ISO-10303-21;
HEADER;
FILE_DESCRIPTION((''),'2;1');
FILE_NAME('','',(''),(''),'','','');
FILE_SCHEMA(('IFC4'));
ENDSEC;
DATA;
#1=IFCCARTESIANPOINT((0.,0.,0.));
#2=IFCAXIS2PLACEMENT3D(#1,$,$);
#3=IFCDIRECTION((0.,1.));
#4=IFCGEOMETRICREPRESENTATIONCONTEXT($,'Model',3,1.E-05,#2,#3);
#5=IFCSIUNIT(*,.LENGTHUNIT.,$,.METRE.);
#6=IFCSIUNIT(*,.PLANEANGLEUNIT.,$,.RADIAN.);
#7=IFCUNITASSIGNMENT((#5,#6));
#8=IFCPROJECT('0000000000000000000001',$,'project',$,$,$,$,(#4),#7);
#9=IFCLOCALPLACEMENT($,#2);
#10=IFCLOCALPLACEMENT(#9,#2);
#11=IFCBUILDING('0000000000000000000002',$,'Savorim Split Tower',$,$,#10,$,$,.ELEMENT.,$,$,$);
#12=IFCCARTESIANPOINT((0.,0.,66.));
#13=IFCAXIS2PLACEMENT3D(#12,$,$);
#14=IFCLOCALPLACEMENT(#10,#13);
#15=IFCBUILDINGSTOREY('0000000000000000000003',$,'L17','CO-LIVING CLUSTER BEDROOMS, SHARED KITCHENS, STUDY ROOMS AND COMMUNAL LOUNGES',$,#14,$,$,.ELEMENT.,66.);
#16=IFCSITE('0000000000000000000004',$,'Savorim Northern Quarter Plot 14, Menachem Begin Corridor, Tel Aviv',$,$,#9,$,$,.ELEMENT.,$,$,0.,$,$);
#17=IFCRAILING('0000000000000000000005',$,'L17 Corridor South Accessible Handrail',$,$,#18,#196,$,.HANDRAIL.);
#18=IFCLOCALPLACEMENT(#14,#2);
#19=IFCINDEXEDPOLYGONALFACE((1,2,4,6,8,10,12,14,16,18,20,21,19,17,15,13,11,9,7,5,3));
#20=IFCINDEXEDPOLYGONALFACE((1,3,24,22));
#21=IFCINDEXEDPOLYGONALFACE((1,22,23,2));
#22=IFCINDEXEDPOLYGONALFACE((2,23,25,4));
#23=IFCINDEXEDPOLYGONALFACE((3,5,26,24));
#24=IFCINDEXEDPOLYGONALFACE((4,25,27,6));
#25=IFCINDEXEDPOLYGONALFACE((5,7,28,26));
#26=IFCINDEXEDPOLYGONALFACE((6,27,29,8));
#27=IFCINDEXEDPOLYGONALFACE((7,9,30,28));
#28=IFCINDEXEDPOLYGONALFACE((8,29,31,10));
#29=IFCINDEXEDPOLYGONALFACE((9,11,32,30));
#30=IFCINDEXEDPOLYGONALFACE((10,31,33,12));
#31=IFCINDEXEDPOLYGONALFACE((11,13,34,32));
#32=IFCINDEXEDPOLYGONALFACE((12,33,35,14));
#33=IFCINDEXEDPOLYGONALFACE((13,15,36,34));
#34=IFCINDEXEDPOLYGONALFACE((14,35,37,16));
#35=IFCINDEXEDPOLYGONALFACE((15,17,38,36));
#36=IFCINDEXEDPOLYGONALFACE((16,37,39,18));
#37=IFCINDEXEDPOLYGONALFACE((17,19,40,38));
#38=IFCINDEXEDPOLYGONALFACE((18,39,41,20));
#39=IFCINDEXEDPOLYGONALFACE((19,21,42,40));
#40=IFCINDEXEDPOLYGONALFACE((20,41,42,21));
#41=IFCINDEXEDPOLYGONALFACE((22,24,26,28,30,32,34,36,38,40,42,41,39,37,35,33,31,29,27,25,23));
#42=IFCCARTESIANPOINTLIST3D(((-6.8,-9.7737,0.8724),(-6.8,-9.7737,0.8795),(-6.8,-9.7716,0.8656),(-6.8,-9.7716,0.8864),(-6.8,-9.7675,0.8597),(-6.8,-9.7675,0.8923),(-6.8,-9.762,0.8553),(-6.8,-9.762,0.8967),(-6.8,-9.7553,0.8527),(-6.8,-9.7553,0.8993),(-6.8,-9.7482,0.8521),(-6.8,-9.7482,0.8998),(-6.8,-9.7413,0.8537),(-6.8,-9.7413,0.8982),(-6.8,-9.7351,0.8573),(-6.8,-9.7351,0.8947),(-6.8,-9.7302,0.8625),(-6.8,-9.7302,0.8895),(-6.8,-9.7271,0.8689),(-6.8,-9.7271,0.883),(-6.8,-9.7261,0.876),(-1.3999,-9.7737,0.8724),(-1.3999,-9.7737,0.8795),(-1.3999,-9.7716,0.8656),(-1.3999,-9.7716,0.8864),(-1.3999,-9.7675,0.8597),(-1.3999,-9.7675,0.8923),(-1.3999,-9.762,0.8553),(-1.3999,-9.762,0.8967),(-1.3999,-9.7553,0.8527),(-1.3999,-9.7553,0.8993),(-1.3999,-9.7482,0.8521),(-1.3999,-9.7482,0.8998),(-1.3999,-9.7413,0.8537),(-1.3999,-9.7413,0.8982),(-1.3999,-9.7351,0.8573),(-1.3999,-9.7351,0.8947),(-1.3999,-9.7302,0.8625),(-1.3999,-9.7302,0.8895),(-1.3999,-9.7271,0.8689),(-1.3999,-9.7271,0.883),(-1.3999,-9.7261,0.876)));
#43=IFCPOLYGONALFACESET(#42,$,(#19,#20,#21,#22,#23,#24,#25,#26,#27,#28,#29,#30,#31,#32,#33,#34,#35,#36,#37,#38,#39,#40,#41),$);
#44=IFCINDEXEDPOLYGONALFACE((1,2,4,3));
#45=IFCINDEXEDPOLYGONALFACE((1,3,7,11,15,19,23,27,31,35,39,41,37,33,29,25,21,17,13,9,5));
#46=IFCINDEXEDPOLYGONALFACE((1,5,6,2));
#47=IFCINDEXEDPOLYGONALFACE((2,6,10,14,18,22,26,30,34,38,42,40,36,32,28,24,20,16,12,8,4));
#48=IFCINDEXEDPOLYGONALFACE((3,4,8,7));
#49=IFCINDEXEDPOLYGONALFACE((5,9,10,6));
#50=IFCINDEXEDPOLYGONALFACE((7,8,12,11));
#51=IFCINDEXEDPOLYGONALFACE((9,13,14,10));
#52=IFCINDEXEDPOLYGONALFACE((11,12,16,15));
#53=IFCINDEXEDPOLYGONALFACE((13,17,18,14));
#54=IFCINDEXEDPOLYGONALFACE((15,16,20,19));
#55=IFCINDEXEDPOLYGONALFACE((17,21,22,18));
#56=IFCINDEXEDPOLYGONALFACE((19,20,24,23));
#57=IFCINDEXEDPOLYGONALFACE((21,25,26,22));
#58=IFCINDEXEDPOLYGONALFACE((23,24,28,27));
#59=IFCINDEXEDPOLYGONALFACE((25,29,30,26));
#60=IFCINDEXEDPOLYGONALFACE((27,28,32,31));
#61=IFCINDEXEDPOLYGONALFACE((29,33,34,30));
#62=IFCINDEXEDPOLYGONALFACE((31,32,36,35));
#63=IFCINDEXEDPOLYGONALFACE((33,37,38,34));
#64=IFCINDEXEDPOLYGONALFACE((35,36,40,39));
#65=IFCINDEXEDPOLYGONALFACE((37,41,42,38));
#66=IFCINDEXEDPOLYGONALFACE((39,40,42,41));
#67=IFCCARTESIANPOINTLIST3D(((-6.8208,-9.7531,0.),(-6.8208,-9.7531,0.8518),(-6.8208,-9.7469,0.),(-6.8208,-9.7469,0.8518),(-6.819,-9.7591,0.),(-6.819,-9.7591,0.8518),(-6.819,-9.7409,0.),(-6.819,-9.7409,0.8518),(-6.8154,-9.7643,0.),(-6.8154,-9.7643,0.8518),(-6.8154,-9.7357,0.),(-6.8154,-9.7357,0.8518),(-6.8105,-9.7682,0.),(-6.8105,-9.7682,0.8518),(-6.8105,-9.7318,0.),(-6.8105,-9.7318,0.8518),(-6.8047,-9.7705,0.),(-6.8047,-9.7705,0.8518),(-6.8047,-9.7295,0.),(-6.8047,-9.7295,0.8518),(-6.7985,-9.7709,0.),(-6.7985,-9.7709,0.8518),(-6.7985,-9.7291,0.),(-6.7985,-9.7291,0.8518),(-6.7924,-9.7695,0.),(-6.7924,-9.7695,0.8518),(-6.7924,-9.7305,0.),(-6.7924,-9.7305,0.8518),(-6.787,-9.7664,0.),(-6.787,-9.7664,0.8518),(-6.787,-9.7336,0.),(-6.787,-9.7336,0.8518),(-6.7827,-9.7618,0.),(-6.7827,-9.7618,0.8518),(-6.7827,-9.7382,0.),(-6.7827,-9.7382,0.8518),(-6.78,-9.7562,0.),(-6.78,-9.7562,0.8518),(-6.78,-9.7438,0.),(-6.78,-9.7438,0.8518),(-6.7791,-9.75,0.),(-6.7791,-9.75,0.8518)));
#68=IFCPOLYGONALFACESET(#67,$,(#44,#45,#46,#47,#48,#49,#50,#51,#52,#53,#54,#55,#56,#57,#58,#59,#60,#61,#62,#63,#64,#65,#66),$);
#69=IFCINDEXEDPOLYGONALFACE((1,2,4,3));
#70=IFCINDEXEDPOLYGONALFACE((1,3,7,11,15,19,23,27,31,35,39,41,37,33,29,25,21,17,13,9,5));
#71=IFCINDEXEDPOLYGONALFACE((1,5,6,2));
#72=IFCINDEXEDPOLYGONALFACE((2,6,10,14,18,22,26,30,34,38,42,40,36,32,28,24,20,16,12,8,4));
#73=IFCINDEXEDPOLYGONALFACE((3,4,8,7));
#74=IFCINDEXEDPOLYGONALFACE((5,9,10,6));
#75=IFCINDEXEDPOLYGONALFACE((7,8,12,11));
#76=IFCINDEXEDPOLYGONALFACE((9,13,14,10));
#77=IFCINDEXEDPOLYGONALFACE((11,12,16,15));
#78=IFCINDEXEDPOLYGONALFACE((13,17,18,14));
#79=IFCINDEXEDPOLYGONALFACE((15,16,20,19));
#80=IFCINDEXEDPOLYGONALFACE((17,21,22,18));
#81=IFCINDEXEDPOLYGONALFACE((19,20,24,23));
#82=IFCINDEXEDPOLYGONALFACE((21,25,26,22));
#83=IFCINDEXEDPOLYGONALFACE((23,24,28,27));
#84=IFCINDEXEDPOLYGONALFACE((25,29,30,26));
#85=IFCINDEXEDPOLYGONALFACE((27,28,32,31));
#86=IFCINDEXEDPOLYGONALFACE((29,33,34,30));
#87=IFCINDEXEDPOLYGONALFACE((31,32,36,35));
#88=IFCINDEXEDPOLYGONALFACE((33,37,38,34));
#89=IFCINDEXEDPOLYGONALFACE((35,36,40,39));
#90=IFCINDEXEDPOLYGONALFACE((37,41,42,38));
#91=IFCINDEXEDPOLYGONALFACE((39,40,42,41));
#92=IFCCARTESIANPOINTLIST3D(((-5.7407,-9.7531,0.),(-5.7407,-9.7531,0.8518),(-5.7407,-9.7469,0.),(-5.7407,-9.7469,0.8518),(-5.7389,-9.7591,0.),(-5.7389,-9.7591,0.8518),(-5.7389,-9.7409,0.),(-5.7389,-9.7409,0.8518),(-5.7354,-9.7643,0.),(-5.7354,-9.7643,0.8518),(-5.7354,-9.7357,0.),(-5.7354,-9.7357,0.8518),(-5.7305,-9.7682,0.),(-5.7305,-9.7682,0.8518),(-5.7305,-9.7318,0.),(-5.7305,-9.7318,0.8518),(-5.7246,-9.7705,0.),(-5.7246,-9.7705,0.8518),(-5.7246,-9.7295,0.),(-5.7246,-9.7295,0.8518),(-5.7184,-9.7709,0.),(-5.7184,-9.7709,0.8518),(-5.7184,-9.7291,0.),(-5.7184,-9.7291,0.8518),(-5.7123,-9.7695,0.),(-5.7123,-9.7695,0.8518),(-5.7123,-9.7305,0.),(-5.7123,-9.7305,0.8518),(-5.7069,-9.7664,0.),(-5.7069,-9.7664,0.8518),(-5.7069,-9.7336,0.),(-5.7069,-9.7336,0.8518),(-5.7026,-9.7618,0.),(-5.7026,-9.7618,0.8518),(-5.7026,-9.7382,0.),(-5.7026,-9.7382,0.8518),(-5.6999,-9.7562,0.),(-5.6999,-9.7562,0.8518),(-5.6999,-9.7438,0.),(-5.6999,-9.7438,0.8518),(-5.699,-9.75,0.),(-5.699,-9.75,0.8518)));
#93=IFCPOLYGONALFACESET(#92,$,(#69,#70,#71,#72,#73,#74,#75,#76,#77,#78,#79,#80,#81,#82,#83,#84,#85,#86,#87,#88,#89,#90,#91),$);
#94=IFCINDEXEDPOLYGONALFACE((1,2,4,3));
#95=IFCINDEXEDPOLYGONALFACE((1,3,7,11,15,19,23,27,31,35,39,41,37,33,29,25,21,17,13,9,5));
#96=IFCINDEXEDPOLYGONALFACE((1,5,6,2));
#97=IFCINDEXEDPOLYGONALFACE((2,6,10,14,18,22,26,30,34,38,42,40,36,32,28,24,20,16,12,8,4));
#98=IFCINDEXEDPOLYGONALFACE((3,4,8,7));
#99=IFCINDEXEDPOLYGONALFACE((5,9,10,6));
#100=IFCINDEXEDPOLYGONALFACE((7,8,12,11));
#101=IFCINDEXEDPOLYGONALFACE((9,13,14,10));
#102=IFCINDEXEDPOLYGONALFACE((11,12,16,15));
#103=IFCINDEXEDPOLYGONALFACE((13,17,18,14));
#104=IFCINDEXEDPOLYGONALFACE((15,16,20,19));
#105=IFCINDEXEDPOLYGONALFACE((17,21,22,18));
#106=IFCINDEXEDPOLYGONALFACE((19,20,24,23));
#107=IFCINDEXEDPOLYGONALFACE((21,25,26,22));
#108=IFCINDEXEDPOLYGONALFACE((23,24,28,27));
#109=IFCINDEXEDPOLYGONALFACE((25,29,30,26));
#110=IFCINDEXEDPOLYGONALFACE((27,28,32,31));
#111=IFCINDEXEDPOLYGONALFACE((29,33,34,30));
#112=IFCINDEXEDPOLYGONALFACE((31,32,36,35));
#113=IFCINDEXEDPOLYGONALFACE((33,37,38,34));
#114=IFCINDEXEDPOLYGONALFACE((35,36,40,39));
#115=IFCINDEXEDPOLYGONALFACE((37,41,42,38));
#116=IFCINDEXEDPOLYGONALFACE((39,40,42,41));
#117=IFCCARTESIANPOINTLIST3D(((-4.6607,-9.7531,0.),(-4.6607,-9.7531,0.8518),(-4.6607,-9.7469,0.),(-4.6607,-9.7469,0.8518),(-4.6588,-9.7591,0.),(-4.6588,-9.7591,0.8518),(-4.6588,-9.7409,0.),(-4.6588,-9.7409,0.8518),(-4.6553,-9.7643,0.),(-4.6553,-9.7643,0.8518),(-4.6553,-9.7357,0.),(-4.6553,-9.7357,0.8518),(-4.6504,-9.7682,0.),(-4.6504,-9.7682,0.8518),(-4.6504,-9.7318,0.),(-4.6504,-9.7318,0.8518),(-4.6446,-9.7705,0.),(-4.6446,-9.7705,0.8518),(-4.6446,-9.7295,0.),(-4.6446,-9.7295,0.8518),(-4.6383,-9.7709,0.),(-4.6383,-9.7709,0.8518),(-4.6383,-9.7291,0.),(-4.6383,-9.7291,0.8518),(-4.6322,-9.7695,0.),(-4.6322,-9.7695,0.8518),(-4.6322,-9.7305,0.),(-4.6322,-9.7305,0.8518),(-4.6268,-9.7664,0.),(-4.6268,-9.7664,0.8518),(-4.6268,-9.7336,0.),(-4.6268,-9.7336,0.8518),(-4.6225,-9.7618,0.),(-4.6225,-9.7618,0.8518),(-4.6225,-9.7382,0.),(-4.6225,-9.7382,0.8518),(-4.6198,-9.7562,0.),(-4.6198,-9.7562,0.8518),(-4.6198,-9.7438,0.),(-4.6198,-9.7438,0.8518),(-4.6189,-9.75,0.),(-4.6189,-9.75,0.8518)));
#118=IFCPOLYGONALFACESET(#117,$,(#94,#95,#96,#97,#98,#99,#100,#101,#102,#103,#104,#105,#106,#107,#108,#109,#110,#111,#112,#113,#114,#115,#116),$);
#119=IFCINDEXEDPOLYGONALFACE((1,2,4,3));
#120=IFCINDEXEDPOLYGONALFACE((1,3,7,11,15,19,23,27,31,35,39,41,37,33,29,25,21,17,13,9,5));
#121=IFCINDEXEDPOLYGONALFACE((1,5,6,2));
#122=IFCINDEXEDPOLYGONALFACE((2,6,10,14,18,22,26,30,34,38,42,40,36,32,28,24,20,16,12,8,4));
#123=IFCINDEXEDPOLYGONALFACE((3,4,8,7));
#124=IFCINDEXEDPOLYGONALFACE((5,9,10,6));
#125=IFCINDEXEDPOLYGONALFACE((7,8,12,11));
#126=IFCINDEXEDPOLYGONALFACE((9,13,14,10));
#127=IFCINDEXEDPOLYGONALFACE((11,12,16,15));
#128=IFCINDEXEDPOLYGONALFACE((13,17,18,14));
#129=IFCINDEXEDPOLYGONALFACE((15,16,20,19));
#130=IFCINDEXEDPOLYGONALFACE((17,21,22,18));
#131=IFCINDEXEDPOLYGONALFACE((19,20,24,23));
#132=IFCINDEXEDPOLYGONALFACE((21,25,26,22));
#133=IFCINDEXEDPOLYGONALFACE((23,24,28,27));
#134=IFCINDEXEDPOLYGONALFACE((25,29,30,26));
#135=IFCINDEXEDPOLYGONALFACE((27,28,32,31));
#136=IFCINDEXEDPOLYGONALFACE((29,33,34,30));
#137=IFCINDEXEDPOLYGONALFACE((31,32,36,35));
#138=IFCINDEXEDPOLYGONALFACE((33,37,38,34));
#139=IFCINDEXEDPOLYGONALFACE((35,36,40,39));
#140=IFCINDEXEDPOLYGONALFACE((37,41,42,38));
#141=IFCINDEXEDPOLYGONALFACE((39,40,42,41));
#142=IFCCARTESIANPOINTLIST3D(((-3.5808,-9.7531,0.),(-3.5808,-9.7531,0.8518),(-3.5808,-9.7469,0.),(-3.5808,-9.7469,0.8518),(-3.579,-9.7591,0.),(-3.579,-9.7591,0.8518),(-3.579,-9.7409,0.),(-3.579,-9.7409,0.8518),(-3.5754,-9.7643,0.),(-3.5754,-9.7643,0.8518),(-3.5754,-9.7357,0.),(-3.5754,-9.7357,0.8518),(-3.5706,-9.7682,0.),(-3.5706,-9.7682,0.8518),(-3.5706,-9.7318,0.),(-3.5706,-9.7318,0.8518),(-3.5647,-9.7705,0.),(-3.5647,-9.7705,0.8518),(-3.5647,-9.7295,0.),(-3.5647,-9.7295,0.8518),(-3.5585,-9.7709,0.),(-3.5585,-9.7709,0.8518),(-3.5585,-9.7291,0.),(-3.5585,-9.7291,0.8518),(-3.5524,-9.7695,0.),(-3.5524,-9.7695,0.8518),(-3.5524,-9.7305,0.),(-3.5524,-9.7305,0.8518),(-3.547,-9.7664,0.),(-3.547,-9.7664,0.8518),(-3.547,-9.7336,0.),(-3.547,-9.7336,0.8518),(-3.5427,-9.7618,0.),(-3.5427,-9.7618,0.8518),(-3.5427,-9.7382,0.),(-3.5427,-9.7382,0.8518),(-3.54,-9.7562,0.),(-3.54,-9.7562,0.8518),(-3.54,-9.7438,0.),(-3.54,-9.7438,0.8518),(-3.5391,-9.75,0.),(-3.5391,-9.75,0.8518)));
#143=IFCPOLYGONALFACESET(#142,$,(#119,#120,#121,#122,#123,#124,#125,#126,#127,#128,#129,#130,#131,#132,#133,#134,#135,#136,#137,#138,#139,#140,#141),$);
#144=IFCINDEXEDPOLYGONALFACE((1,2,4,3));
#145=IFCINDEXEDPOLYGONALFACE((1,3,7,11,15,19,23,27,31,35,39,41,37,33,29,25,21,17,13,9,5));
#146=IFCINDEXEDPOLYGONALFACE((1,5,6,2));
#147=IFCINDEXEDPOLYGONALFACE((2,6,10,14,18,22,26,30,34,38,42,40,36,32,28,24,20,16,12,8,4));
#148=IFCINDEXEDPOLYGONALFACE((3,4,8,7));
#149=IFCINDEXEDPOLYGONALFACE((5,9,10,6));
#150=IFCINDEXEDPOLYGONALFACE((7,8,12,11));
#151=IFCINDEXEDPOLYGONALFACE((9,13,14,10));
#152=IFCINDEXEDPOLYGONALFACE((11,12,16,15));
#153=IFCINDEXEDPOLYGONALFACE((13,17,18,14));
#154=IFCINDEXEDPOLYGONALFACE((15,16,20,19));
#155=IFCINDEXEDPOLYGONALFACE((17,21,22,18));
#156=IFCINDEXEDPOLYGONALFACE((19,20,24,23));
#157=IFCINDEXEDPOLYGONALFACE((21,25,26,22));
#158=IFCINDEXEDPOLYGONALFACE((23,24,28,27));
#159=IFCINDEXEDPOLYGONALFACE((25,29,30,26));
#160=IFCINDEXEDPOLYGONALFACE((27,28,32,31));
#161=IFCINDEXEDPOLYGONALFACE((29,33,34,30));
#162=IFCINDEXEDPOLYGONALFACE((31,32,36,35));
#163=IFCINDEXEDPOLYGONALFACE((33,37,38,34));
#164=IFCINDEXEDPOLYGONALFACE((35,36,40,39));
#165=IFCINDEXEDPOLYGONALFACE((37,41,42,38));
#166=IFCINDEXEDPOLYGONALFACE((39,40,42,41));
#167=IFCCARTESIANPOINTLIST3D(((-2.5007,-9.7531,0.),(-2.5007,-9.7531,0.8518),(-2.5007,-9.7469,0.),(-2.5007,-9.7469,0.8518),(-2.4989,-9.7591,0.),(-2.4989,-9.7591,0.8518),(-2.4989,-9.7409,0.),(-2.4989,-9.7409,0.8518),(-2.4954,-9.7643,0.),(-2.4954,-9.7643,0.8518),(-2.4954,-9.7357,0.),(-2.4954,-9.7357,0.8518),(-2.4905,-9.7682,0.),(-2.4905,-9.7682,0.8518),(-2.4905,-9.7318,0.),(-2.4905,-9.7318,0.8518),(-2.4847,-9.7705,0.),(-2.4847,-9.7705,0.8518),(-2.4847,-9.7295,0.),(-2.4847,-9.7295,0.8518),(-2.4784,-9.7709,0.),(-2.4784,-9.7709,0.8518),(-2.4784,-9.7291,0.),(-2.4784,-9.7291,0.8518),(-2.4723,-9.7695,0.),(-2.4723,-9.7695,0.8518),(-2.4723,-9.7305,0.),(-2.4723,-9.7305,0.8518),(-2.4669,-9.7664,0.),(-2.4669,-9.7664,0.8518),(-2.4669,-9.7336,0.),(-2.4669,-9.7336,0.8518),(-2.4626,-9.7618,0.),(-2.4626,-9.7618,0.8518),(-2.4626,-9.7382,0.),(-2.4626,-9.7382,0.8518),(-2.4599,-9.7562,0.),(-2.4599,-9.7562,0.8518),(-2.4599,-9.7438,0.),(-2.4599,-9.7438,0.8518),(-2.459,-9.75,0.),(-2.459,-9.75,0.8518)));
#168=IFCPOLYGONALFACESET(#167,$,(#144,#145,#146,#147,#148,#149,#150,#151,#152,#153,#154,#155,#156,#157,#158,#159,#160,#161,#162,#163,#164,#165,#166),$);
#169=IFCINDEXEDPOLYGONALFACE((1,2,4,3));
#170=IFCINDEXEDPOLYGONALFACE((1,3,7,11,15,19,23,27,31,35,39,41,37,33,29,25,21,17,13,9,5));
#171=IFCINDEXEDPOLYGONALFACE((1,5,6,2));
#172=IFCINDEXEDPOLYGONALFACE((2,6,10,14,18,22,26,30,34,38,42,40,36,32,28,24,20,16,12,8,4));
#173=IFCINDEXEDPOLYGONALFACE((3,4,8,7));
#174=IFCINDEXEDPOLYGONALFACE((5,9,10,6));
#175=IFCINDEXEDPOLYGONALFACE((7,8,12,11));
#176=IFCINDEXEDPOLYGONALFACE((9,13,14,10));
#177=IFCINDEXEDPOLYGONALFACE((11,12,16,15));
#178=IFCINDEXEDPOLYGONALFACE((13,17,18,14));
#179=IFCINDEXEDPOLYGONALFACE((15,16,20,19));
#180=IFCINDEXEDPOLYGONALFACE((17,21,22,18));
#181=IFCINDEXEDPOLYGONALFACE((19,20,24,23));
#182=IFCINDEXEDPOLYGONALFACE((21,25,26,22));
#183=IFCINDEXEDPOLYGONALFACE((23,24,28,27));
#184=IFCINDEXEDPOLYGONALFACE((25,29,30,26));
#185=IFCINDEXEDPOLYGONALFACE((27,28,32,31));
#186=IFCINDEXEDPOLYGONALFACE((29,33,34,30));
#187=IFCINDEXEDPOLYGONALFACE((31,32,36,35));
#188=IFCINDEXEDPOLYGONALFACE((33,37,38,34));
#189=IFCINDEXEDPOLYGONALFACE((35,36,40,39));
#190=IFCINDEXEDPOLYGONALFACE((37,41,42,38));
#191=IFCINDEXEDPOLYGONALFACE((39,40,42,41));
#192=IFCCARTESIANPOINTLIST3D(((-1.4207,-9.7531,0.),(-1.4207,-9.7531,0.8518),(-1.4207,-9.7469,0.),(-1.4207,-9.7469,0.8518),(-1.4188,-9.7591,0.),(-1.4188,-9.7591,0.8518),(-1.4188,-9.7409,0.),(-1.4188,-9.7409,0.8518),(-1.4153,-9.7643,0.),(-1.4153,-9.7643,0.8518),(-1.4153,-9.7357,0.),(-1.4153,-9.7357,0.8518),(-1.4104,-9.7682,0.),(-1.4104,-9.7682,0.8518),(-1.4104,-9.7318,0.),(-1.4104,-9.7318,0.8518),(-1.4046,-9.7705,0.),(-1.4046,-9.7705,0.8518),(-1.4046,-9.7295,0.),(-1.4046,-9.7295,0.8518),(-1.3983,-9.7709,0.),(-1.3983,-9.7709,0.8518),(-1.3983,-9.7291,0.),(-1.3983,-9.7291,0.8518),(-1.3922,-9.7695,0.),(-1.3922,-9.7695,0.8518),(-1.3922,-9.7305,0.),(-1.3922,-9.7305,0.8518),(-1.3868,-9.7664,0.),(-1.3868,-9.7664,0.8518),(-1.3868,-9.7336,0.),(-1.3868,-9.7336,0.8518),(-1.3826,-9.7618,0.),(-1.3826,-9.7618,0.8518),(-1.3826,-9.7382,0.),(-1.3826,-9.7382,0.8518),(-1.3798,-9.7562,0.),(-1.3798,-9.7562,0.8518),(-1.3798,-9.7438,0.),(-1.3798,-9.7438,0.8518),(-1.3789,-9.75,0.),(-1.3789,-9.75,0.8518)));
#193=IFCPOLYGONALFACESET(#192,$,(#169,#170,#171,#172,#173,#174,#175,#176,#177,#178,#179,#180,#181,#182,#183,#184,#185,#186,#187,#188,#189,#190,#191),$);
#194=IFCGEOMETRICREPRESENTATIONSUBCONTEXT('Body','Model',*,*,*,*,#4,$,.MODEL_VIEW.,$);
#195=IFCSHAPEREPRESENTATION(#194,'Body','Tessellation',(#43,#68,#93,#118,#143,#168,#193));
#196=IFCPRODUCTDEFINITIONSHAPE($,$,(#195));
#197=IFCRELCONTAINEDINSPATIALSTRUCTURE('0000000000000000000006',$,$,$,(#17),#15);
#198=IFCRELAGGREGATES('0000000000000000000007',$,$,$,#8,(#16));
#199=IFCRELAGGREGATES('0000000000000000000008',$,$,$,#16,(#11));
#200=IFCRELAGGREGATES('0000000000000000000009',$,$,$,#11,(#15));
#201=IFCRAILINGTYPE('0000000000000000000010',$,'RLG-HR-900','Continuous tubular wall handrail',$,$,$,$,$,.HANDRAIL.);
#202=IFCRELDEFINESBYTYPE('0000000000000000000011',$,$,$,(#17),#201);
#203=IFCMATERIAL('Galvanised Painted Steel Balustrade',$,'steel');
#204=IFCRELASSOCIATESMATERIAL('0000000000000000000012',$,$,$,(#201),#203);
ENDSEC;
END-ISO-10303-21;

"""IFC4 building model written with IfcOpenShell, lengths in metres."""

from ifc_helpers import new_model, si_unit, direction, frame, origin, origin_2d, place, context, subcontext, project, spatial, circle, extrude, material, type_object, element, save


model = new_model("IFC4")

# Units and contexts
model_context = context("Model", 3, precision=1e-05, world=origin(), true_north=direction((0.0, 1.0)))
body_context = subcontext(model_context, "Body", "Model", "MODEL_VIEW")
ifc_project = project(units=[si_unit("LENGTHUNIT", "METRE"), si_unit("PLANEANGLEUNIT", "RADIAN")], contexts=[model_context])

# Site, building, storey
site_placement = place(None, origin())
site = spatial("IfcSite", under=ifc_project, at=site_placement, Name="Savorim Northern Quarter Plot 14, Menachem Begin Corridor, Tel Aviv", CompositionType="ELEMENT", RefElevation=0.0)
building_placement = place(site_placement, origin())
building = spatial("IfcBuilding", under=site, at=building_placement, Name="Savorim Split Tower", CompositionType="ELEMENT")
storey_placement = place(building_placement, frame((0.0, 0.0, 66.0)))
storey = spatial("IfcBuildingStorey", under=building, at=storey_placement, Name="L17", Description="CO-LIVING CLUSTER BEDROOMS, SHARED KITCHENS, STUDY ROOMS AND COMMUNAL LOUNGES", CompositionType="ELEMENT", Elevation=66.0)

# Railing
ifc_material_1 = material(Name="Galvanised Painted Steel Balustrade", Category="steel")
railing_type_1 = type_object("IfcRailingType", Name="RLG-HR-900", Description="Continuous tubular wall handrail", PredefinedType="HANDRAIL", material=ifc_material_1)
railing_1_placement = place(storey_placement, frame((-6.8, -9.75, 0.0)))
element("IfcRailing", 1, at=railing_1_placement, inside=storey, type_object=railing_type_1, Name="L17 Corridor South Accessible Handrail", PredefinedType="HANDRAIL", context=body_context, shape_type="SweptSolid", body=[
    extrude(circle(Radius=0.0239, at=origin_2d()), frame((0.0, 0.0, 0.876), z_axis=(1.0, 0.0, 0.0), x_axis=(0.0, 1.0, 0.0)), (0.0, 0.0, 1.0), 5.4001),
    extrude(circle(Radius=0.021, at=origin_2d()), origin(), (0.0, 0.0, 1.0), 0.8518),
    extrude(circle(Radius=0.021, at=origin_2d()), frame((1.0801, 0.0, 0.0)), (0.0, 0.0, 1.0), 0.8518),
    extrude(circle(Radius=0.021, at=origin_2d()), frame((2.1602, 0.0, 0.0)), (0.0, 0.0, 1.0), 0.8518),
    extrude(circle(Radius=0.021, at=origin_2d()), frame((3.24, 0.0, 0.0)), (0.0, 0.0, 1.0), 0.8518),
    extrude(circle(Radius=0.021, at=origin_2d()), frame((4.3201, 0.0, 0.0)), (0.0, 0.0, 1.0), 0.8518),
    extrude(circle(Radius=0.021, at=origin_2d()), frame((5.4001, 0.0, 0.0)), (0.0, 0.0, 1.0), 0.8518),
])

save(model, "model.ifc")
